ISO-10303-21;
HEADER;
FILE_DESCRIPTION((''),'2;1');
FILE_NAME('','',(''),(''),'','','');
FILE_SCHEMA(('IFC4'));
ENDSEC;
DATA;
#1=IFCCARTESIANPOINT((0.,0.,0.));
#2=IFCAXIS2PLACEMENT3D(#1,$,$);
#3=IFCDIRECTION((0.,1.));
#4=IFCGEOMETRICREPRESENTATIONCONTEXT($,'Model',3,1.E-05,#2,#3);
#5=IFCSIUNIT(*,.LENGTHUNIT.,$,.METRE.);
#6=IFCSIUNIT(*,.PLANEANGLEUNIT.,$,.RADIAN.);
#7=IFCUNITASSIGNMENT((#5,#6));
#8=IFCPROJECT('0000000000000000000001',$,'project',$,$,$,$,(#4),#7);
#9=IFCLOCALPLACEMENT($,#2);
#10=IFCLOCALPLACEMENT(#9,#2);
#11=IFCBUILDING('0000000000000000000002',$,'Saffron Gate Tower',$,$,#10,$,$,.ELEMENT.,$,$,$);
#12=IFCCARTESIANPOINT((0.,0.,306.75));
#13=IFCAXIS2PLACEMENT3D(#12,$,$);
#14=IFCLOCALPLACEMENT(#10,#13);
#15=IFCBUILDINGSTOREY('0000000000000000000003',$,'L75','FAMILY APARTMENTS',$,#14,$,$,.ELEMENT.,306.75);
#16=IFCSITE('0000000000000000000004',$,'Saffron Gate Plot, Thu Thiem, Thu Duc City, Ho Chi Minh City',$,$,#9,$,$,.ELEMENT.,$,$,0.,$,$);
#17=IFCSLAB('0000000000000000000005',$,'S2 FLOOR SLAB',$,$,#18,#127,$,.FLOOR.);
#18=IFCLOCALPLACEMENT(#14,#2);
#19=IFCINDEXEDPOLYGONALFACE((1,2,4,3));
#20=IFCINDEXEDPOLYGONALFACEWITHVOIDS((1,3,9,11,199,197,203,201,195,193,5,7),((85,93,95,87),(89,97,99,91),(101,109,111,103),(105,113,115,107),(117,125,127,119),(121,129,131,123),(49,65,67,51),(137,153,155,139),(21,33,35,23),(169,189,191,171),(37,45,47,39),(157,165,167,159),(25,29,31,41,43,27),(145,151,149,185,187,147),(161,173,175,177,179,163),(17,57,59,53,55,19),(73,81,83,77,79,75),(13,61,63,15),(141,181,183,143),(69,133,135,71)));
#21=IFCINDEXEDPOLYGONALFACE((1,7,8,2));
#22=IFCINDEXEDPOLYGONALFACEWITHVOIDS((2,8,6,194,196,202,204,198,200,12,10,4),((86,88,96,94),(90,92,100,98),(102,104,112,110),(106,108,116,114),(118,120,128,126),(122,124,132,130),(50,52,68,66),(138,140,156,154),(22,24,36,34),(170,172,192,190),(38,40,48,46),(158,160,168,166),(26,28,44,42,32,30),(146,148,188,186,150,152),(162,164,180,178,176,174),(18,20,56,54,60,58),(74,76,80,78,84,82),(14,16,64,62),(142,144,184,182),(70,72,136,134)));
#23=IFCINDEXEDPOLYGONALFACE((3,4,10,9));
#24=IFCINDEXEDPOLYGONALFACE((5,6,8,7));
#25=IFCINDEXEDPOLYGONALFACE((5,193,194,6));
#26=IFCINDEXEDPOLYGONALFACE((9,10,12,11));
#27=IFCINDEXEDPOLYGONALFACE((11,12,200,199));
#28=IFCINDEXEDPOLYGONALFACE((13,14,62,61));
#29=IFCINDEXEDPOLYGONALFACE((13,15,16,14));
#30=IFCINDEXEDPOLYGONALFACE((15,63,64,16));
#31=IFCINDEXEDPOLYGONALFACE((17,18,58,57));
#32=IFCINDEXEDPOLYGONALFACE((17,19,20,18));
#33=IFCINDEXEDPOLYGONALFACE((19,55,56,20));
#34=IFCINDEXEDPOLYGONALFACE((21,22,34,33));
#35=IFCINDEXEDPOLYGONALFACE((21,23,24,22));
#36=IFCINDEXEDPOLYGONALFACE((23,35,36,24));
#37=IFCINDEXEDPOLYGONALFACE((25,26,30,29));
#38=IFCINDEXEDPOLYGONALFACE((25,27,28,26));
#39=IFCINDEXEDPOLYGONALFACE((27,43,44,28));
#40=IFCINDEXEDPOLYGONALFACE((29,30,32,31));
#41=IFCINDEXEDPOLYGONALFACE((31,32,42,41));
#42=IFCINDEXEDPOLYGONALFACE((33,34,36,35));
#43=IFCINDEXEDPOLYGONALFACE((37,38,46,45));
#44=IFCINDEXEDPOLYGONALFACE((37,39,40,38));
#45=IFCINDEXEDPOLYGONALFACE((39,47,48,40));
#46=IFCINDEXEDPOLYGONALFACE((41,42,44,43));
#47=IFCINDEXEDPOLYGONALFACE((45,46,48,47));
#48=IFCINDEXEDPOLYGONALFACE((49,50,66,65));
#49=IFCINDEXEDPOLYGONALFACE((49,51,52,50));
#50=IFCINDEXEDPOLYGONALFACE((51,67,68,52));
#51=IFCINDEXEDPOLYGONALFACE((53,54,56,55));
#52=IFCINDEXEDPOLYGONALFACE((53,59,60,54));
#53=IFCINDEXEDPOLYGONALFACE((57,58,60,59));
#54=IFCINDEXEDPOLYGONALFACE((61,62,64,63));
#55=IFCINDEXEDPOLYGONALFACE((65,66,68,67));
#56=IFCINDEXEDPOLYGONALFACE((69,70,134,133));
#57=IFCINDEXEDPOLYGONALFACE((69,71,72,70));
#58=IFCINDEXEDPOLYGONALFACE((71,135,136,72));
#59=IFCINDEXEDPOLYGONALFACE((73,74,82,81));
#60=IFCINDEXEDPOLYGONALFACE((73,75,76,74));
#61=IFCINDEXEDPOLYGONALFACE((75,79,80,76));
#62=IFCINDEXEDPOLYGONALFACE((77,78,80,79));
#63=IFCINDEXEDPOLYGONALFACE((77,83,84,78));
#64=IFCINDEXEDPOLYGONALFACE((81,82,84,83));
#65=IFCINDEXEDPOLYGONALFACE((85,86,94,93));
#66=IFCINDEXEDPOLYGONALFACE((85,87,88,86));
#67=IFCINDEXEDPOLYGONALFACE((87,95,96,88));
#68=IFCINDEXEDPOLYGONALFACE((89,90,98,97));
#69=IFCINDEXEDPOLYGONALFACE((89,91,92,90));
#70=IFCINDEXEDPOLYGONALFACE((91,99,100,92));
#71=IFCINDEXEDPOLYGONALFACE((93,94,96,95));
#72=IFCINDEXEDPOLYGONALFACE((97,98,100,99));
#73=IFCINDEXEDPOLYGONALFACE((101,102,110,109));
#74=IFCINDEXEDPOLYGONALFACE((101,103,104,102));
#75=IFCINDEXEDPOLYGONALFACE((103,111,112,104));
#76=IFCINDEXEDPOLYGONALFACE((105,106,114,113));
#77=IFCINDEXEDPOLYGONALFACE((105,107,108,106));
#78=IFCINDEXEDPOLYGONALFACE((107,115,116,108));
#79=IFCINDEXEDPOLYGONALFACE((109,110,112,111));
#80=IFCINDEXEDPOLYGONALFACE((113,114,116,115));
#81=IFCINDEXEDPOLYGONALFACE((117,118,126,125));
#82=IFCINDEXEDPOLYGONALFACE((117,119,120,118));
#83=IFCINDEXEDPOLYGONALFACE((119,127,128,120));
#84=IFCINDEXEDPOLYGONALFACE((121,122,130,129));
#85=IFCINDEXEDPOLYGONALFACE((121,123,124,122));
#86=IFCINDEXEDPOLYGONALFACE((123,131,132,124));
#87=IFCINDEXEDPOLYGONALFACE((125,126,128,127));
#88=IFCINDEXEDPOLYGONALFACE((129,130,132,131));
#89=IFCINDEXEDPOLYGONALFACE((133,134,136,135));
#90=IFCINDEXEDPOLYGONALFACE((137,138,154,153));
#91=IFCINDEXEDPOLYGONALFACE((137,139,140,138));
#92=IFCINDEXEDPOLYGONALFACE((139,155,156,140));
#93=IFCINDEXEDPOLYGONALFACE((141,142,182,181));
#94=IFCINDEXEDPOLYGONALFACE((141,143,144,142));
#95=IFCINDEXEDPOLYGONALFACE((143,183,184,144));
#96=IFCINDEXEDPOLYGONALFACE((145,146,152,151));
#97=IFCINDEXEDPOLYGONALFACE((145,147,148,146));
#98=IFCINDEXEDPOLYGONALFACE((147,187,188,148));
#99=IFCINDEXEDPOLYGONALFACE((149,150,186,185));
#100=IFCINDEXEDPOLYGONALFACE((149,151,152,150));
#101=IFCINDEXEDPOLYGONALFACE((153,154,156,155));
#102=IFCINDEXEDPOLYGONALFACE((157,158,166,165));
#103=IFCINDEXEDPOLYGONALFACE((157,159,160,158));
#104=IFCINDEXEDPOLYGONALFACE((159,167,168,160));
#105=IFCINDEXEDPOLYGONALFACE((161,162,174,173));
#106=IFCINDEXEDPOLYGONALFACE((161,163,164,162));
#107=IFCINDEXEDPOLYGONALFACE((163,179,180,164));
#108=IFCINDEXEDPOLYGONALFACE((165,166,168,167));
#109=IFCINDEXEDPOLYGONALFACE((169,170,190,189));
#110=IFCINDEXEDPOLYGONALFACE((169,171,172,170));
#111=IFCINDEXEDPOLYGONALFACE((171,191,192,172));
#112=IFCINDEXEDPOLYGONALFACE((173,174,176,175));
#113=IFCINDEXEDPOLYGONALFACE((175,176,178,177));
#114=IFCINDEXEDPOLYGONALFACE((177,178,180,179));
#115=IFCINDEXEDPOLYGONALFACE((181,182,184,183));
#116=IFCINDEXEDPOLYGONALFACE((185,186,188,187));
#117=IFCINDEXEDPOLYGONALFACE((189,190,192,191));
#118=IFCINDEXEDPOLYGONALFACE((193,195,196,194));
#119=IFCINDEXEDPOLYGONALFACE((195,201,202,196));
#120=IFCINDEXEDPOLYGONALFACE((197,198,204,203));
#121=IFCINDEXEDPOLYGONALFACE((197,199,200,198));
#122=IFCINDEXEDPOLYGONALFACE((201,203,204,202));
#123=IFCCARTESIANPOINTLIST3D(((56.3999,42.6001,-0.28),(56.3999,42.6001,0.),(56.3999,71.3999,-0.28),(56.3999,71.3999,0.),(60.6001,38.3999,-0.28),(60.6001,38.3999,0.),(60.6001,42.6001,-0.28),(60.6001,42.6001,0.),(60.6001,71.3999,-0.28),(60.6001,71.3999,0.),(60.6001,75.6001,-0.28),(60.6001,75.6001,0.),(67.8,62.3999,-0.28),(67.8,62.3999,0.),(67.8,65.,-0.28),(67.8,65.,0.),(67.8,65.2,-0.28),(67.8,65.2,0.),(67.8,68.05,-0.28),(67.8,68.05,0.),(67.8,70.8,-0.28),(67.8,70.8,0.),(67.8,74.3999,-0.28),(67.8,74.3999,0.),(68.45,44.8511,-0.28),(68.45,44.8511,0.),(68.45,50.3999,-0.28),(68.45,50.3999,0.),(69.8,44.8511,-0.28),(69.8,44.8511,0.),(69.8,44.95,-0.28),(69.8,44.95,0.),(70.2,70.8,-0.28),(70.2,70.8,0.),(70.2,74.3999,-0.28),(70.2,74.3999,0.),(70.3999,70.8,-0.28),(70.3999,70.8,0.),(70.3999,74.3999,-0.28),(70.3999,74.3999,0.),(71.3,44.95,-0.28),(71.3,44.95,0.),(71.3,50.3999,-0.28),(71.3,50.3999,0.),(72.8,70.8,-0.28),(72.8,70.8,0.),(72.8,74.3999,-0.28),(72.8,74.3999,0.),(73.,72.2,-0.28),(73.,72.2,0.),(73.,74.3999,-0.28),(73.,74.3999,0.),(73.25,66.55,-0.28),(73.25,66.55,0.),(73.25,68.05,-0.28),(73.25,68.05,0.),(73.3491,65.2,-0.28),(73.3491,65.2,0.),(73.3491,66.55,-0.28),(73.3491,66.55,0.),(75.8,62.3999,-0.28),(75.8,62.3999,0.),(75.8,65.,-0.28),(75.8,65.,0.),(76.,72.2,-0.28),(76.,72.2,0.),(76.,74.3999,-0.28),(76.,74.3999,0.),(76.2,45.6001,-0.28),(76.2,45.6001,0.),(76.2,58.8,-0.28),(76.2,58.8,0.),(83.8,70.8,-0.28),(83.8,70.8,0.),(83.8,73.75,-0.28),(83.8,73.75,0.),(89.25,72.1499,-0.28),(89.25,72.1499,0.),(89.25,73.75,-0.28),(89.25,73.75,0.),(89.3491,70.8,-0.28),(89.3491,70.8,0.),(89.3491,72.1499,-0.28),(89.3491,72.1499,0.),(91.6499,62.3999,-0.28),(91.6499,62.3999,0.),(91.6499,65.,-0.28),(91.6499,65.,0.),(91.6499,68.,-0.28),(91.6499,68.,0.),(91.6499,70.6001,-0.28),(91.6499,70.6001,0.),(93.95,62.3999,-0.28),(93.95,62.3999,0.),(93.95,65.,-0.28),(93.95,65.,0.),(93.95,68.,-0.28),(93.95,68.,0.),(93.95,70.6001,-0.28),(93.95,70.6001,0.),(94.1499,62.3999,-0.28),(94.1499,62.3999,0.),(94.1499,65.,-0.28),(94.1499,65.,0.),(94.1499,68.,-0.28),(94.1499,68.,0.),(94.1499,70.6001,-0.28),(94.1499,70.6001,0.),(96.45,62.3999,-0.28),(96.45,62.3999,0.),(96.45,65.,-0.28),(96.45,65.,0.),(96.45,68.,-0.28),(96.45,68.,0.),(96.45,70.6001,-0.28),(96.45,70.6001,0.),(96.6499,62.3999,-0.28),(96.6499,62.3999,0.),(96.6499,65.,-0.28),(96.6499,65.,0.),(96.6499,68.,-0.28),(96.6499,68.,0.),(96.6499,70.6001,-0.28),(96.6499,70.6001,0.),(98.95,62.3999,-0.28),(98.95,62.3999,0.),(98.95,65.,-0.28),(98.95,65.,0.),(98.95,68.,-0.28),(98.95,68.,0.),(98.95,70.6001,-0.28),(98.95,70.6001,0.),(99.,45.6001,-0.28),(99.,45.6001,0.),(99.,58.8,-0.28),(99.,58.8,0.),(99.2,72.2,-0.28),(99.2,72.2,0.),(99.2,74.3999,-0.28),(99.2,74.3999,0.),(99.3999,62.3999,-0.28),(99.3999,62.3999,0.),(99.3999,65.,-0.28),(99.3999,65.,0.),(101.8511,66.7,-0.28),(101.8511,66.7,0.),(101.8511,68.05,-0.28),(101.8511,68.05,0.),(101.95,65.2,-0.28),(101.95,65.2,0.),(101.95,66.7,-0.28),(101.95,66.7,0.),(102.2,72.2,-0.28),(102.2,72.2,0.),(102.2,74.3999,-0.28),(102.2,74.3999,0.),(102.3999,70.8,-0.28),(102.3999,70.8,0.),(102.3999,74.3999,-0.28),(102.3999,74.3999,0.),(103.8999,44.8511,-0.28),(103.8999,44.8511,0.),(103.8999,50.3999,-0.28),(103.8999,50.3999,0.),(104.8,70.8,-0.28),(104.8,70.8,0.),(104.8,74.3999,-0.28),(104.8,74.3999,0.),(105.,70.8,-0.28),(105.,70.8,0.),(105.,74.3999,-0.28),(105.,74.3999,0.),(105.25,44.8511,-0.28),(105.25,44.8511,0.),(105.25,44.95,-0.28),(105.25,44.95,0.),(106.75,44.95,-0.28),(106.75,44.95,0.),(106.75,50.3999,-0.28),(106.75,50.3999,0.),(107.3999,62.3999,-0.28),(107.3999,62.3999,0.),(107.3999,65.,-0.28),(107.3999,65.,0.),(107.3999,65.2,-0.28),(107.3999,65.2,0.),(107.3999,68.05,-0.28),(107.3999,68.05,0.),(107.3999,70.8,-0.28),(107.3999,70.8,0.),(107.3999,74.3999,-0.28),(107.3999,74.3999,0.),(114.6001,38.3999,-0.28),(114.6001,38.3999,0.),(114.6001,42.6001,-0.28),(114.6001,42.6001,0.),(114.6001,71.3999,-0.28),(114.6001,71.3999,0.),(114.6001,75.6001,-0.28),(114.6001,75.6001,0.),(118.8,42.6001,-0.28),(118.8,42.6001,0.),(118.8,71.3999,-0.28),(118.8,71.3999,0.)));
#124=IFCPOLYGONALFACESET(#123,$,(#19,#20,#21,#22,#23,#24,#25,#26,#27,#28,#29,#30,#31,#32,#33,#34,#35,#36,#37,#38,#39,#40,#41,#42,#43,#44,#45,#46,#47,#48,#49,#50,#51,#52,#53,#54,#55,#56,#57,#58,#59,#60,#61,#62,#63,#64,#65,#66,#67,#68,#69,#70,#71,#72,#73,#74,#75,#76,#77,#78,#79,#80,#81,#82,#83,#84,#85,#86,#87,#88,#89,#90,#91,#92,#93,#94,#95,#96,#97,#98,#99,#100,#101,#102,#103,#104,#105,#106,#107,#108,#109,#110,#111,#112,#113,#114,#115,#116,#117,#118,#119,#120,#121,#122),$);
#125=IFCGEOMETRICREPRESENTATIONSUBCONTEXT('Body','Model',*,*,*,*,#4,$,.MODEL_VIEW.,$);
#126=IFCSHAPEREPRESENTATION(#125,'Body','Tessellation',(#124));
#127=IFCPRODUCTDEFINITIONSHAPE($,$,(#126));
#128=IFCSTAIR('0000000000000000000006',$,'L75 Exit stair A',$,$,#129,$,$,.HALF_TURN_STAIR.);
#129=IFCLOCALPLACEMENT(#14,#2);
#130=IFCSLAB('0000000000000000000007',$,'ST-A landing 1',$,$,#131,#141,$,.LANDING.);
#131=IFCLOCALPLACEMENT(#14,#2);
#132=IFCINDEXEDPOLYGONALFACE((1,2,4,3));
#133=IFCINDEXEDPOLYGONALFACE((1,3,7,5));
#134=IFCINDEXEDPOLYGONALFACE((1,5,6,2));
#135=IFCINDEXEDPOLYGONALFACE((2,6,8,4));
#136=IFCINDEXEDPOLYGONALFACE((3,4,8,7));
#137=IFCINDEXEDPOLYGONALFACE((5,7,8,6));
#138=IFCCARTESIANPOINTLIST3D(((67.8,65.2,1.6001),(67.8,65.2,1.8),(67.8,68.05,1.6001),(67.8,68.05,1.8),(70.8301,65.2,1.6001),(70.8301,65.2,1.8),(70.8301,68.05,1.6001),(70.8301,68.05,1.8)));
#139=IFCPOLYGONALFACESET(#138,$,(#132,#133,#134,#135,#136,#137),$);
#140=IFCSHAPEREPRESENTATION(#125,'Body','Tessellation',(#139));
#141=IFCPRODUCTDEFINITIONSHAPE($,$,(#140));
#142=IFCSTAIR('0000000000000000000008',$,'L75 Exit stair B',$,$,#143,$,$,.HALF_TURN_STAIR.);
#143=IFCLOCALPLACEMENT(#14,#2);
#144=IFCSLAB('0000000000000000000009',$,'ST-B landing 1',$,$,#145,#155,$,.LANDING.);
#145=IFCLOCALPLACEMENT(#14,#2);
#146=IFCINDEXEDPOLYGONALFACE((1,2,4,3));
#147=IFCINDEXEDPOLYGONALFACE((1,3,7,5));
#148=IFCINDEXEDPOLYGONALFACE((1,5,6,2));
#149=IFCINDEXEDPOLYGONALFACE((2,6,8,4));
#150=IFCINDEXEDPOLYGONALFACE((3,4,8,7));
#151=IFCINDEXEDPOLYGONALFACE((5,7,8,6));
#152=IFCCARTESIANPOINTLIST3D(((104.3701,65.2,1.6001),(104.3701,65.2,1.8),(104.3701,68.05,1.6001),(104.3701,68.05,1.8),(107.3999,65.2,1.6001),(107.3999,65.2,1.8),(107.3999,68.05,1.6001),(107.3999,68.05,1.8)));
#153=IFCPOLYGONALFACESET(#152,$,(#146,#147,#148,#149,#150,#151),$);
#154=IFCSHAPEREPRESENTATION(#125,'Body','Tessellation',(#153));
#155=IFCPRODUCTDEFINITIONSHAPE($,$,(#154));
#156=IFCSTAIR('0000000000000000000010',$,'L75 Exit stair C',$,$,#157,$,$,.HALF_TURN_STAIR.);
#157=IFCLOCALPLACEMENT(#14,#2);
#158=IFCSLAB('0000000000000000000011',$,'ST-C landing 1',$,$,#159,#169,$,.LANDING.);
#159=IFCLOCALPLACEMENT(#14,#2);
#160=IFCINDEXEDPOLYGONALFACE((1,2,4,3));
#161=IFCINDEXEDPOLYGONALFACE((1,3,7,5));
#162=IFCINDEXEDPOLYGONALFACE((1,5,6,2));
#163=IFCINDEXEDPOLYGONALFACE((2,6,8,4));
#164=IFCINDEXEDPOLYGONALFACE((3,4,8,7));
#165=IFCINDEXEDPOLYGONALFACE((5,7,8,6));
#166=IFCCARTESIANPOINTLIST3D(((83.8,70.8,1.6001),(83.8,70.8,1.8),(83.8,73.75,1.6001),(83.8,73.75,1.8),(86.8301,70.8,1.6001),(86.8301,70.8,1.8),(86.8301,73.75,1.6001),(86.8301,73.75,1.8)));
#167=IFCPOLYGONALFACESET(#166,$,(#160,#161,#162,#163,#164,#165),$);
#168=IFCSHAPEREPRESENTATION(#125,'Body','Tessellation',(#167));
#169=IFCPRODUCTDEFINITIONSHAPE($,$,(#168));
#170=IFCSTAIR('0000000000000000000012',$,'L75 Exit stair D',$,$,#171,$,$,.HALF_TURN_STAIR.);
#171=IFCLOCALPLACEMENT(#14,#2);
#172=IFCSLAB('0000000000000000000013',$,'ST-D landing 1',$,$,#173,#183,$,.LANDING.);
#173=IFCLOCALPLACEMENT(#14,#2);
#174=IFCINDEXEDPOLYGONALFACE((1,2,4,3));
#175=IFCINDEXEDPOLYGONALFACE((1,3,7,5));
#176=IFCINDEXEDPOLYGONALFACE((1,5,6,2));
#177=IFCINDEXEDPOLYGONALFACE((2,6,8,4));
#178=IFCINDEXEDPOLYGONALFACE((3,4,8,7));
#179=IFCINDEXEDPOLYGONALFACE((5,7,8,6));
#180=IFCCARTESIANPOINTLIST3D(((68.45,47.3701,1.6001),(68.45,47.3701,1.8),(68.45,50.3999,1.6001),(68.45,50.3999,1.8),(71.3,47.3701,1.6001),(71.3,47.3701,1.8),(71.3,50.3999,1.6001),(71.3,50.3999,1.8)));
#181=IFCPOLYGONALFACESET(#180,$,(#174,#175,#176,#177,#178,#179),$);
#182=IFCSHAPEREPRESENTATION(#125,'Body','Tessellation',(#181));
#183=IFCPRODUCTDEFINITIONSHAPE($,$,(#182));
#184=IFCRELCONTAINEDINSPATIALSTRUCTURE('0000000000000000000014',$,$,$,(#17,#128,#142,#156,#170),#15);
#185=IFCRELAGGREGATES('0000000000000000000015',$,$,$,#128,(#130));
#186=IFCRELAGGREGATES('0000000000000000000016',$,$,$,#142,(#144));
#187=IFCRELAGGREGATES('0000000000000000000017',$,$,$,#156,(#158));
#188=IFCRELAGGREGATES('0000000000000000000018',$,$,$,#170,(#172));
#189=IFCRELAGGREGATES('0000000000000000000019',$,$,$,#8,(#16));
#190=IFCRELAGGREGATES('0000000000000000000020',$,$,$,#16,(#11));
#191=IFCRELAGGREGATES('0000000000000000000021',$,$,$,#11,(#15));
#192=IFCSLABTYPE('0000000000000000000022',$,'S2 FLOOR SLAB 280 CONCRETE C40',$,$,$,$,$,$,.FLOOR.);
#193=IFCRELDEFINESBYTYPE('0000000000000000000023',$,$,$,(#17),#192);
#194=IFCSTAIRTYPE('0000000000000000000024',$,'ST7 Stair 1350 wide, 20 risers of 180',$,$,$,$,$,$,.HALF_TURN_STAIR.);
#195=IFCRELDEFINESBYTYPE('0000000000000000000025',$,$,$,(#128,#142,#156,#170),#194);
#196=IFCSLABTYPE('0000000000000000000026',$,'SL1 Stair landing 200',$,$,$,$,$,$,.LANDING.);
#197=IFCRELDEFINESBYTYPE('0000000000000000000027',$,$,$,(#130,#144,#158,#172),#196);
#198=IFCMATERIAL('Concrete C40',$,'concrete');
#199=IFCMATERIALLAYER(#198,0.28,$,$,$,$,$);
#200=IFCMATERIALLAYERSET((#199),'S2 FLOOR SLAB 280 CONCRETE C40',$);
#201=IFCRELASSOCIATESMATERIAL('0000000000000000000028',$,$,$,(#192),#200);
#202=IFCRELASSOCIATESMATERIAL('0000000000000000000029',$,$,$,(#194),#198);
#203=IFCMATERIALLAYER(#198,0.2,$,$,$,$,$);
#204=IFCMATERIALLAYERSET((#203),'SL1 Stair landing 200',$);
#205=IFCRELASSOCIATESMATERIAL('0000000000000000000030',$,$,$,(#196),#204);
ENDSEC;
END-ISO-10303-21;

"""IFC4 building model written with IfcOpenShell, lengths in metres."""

from ifc_helpers import new_model, si_unit, direction, frame, origin, place, context, subcontext, project, spatial, polyline, outline, extrude, material, layer, layer_set, type_object, element, aggregate, save


model = new_model("IFC4")

# Units and contexts
model_context = context("Model", 3, precision=1e-05, world=origin(), true_north=direction((0.0, 1.0)))
body_context = subcontext(model_context, "Body", "Model", "MODEL_VIEW")
ifc_project = project(units=[si_unit("LENGTHUNIT", "METRE"), si_unit("PLANEANGLEUNIT", "RADIAN")], contexts=[model_context])

# Site, building, storey
site_placement = place(None, origin())
site = spatial("IfcSite", under=ifc_project, at=site_placement, Name="Saffron Gate Plot, Thu Thiem, Thu Duc City, Ho Chi Minh City", CompositionType="ELEMENT", RefElevation=0.0)
building_placement = place(site_placement, origin())
building = spatial("IfcBuilding", under=site, at=building_placement, Name="Saffron Gate Tower", CompositionType="ELEMENT")
storey_placement = place(building_placement, frame((0.0, 0.0, 306.75)))
storey = spatial("IfcBuildingStorey", under=building, at=storey_placement, Name="L75", Description="FAMILY APARTMENTS", CompositionType="ELEMENT", Elevation=306.75)

# Slab
ifc_material_1 = material(Name="Concrete C40", Category="concrete")
ifc_layer_1 = layer(ifc_material_1, 0.28)
ifc_layer_set_1 = layer_set([ifc_layer_1], Name="S2 FLOOR SLAB 280 CONCRETE C40")
slab_type_1 = type_object("IfcSlabType", Name="S2 FLOOR SLAB 280 CONCRETE C40", PredefinedType="FLOOR", material=ifc_layer_set_1)
slab_1_placement = place(storey_placement, frame((0.0, 0.0, -0.28)))
element("IfcSlab", 1, at=slab_1_placement, inside=storey, type_object=slab_type_1, Name="S2 FLOOR SLAB", PredefinedType="FLOOR", context=body_context, shape_type="SweptSolid", body=[
    extrude(outline(polyline([(56.3999, 42.6001), (60.6001, 42.6001), (60.6001, 38.3999), (114.6001, 38.3999), (114.6001, 42.6001), (118.8, 42.6001), (118.8, 71.3999), (114.6001, 71.3999), (114.6001, 75.6001), (60.6001, 75.6001), (60.6001, 71.3999), (56.3999, 71.3999), (56.3999, 42.6001)]), holes=[polyline([(67.8, 62.3999), (67.8, 65.0), (75.8, 65.0), (75.8, 62.3999), (67.8, 62.3999)]), polyline([(67.8, 65.2), (67.8, 68.05), (73.25, 68.05), (73.25, 66.55), (73.3491, 66.55), (73.3491, 65.2), (67.8, 65.2)]), polyline([(67.8, 70.8), (67.8, 74.3999), (70.2, 74.3999), (70.2, 70.8), (67.8, 70.8)]), polyline([(68.45, 44.8511), (68.45, 50.3999), (71.3, 50.3999), (71.3, 44.95), (69.8, 44.95), (69.8, 44.8511), (68.45, 44.8511)]), polyline([(70.3999, 70.8), (70.3999, 74.3999), (72.8, 74.3999), (72.8, 70.8), (70.3999, 70.8)]), polyline([(73.0, 72.2), (73.0, 74.3999), (76.0, 74.3999), (76.0, 72.2), (73.0, 72.2)]), polyline([(76.2, 45.6001), (76.2, 58.8), (99.0, 58.8), (99.0, 45.6001), (76.2, 45.6001)]), polyline([(83.8, 70.8), (83.8, 73.75), (89.25, 73.75), (89.25, 72.1499), (89.3491, 72.1499), (89.3491, 70.8), (83.8, 70.8)]), polyline([(91.6499, 62.3999), (91.6499, 65.0), (93.95, 65.0), (93.95, 62.3999), (91.6499, 62.3999)]), polyline([(91.6499, 68.0), (91.6499, 70.6001), (93.95, 70.6001), (93.95, 68.0), (91.6499, 68.0)]), polyline([(94.1499, 62.3999), (94.1499, 65.0), (96.45, 65.0), (96.45, 62.3999), (94.1499, 62.3999)]), polyline([(94.1499, 68.0), (94.1499, 70.6001), (96.45, 70.6001), (96.45, 68.0), (94.1499, 68.0)]), polyline([(96.6499, 62.3999), (96.6499, 65.0), (98.95, 65.0), (98.95, 62.3999), (96.6499, 62.3999)]), polyline([(96.6499, 68.0), (96.6499, 70.6001), (98.95, 70.6001), (98.95, 68.0), (96.6499, 68.0)]), polyline([(99.2, 72.2), (99.2, 74.3999), (102.2, 74.3999), (102.2, 72.2), (99.2, 72.2)]), polyline([(99.3999, 62.3999), (99.3999, 65.0), (107.3999, 65.0), (107.3999, 62.3999), (99.3999, 62.3999)]), polyline([(101.8511, 66.7), (101.8511, 68.05), (107.3999, 68.05), (107.3999, 65.2), (101.95, 65.2), (101.95, 66.7), (101.8511, 66.7)]), polyline([(102.3999, 70.8), (102.3999, 74.3999), (104.8, 74.3999), (104.8, 70.8), (102.3999, 70.8)]), polyline([(103.8999, 44.8511), (103.8999, 50.3999), (106.75, 50.3999), (106.75, 44.95), (105.25, 44.95), (105.25, 44.8511), (103.8999, 44.8511)]), polyline([(105.0, 70.8), (105.0, 74.3999), (107.3999, 74.3999), (107.3999, 70.8), (105.0, 70.8)])]), origin(), (0.0, 0.0, 1.0), 0.28),
])

# Stairs, slabs
stair_type = type_object("IfcStairType", Name="ST7 Stair 1350 wide, 20 risers of 180", PredefinedType="HALF_TURN_STAIR", material=ifc_material_1)
stair_1_placement = place(storey_placement, origin())
stair_1 = element("IfcStair", 2, at=stair_1_placement, inside=storey, type_object=stair_type, Name="L75 Exit stair A", PredefinedType="HALF_TURN_STAIR")
ifc_layer_2 = layer(ifc_material_1, 0.2)
ifc_layer_set_2 = layer_set([ifc_layer_2], Name="SL1 Stair landing 200")
slab_type_2 = type_object("IfcSlabType", Name="SL1 Stair landing 200", PredefinedType="LANDING", material=ifc_layer_set_2)
slab_2_placement = place(storey_placement, frame((0.0, 0.0, 1.6001)))
slab_2 = element("IfcSlab", 3, at=slab_2_placement, type_object=slab_type_2, Name="ST-A landing 1", PredefinedType="LANDING", context=body_context, shape_type="SweptSolid", body=[
    extrude(outline(polyline([(70.8301, 68.05), (67.8, 68.05), (67.8, 65.2), (70.8301, 65.2), (70.8301, 68.05)])), origin(), (0.0, 0.0, 1.0), 0.2),
])
aggregate(stair_1, [slab_2])
stair_2_placement = place(storey_placement, origin())
stair_2 = element("IfcStair", 4, at=stair_2_placement, inside=storey, type_object=stair_type, Name="L75 Exit stair B", PredefinedType="HALF_TURN_STAIR")
slab_3_placement = place(storey_placement, frame((0.0, 0.0, 1.6001)))
slab_3 = element("IfcSlab", 5, at=slab_3_placement, type_object=slab_type_2, Name="ST-B landing 1", PredefinedType="LANDING", context=body_context, shape_type="SweptSolid", body=[
    extrude(outline(polyline([(104.3701, 65.2), (107.3999, 65.2), (107.3999, 68.05), (104.3701, 68.05), (104.3701, 65.2)])), origin(), (0.0, 0.0, 1.0), 0.2),
])
aggregate(stair_2, [slab_3])
stair_3_placement = place(storey_placement, origin())
stair_3 = element("IfcStair", 6, at=stair_3_placement, inside=storey, type_object=stair_type, Name="L75 Exit stair C", PredefinedType="HALF_TURN_STAIR")
slab_4_placement = place(storey_placement, frame((0.0, 0.0, 1.6001)))
slab_4 = element("IfcSlab", 7, at=slab_4_placement, type_object=slab_type_2, Name="ST-C landing 1", PredefinedType="LANDING", context=body_context, shape_type="SweptSolid", body=[
    extrude(outline(polyline([(86.8301, 73.75), (83.8, 73.75), (83.8, 70.8), (86.8301, 70.8), (86.8301, 73.75)])), origin(), (0.0, 0.0, 1.0), 0.2),
])
aggregate(stair_3, [slab_4])
stair_4_placement = place(storey_placement, origin())
stair_4 = element("IfcStair", 8, at=stair_4_placement, inside=storey, type_object=stair_type, Name="L75 Exit stair D", PredefinedType="HALF_TURN_STAIR")
slab_5_placement = place(storey_placement, frame((0.0, 0.0, 1.6001)))
slab_5 = element("IfcSlab", 9, at=slab_5_placement, type_object=slab_type_2, Name="ST-D landing 1", PredefinedType="LANDING", context=body_context, shape_type="SweptSolid", body=[
    extrude(outline(polyline([(71.3, 47.3701), (71.3, 50.3999), (68.45, 50.3999), (68.45, 47.3701), (71.3, 47.3701)])), origin(), (0.0, 0.0, 1.0), 0.2),
])
aggregate(stair_4, [slab_5])

save(model, "model.ifc")
